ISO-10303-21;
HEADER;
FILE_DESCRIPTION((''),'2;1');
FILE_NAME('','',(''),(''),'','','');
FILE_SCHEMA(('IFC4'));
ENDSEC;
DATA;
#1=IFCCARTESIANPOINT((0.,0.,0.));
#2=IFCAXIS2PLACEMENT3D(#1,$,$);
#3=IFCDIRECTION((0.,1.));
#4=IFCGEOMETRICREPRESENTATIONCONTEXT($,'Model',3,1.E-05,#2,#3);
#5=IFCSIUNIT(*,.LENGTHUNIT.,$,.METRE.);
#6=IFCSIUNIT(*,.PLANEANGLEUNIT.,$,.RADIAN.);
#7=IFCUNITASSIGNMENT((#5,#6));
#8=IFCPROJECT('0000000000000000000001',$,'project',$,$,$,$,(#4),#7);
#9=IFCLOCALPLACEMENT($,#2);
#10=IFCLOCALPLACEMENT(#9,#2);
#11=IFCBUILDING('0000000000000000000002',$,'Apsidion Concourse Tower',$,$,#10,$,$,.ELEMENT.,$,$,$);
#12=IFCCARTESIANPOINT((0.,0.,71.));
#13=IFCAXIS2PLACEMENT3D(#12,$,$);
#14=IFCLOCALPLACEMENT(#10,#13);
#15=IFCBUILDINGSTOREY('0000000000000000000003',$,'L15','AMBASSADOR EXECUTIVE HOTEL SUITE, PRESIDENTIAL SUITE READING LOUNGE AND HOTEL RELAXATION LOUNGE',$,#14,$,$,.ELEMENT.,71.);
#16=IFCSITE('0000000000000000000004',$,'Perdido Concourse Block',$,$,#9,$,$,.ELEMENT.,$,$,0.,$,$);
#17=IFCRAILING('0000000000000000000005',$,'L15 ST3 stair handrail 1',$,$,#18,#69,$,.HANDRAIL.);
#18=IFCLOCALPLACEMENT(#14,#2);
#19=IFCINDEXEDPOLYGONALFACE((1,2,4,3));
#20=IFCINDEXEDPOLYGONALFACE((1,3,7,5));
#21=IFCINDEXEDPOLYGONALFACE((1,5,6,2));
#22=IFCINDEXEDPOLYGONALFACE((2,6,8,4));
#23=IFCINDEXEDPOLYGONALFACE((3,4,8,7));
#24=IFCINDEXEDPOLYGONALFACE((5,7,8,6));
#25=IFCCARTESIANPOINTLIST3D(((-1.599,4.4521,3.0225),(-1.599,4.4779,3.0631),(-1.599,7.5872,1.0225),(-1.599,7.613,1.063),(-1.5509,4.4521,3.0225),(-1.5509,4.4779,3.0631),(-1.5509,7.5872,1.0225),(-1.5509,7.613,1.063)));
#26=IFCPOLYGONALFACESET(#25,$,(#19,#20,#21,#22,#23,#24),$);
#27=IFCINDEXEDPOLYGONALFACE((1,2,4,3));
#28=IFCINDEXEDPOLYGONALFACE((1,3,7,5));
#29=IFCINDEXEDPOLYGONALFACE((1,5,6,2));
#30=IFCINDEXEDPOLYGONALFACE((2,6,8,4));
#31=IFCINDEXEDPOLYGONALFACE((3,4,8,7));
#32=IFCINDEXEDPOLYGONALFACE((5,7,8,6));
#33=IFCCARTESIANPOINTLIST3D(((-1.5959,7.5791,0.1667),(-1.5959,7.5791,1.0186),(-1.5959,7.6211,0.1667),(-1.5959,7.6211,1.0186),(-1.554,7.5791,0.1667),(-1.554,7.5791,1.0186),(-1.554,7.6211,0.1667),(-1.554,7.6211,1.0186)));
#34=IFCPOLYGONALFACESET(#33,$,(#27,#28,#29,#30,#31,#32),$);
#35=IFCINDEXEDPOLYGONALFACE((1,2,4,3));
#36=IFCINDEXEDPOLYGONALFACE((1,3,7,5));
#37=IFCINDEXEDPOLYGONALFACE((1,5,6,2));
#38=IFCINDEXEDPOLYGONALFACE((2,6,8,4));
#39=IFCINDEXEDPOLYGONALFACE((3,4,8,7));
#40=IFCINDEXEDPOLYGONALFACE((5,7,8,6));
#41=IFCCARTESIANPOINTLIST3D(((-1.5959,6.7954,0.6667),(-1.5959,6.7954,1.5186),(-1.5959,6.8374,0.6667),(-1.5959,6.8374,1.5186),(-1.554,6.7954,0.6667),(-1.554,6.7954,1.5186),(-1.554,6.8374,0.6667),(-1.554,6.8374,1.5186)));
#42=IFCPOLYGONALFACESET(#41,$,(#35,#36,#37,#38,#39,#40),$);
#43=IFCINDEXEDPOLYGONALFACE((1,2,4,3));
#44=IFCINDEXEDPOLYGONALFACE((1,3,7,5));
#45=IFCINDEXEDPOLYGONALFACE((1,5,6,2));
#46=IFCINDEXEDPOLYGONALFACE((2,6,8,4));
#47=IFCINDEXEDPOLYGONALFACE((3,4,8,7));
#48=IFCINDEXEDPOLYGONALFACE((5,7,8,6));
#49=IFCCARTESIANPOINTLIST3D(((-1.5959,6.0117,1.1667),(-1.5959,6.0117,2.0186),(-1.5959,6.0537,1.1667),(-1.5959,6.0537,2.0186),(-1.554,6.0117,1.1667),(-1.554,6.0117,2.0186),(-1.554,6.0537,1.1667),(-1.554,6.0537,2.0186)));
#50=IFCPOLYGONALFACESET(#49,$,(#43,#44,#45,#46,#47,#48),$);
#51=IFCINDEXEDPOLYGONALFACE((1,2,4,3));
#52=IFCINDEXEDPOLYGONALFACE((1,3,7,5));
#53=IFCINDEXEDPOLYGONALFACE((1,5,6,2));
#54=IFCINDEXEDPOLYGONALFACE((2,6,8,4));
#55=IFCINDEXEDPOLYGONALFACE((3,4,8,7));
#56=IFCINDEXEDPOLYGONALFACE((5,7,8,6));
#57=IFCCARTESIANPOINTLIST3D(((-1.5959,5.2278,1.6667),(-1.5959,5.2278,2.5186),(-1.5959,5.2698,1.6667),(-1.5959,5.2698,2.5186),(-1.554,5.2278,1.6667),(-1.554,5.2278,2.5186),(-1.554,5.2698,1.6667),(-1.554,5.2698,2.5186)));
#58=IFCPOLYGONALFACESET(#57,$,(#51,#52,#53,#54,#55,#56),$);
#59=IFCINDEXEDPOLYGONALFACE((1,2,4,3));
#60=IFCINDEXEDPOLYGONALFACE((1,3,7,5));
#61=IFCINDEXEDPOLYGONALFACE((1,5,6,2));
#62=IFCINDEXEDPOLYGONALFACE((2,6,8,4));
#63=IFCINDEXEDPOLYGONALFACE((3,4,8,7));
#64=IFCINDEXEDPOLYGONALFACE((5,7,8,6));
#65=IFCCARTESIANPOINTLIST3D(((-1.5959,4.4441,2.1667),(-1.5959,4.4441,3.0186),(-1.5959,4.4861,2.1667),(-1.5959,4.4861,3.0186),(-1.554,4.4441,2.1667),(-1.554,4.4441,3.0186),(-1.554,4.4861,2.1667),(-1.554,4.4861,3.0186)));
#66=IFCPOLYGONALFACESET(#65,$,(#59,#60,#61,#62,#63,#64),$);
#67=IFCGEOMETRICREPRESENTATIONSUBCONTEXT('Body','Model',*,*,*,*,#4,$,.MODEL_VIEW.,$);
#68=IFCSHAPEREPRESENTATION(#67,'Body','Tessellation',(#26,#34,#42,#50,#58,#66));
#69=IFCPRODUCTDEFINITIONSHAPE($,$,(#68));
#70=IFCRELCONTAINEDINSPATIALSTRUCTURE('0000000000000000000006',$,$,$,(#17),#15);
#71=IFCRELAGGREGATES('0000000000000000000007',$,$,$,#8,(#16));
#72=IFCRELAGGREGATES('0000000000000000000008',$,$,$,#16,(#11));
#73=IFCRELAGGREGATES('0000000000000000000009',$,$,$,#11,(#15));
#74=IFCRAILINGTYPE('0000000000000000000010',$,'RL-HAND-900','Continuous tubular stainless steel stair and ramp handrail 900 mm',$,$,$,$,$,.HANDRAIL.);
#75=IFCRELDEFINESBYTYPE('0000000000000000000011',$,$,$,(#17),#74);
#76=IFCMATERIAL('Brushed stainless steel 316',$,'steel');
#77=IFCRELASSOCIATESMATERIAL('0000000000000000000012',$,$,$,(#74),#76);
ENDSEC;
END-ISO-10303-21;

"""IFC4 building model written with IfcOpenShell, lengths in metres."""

from ifc_helpers import new_model, si_unit, direction, frame, origin, origin_2d, place, context, subcontext, project, spatial, rectangle, extrude, material, type_object, element, save


model = new_model("IFC4")

# Units and contexts
model_context = context("Model", 3, precision=1e-05, world=origin(), true_north=direction((0.0, 1.0)))
body_context = subcontext(model_context, "Body", "Model", "MODEL_VIEW")
ifc_project = project(units=[si_unit("LENGTHUNIT", "METRE"), si_unit("PLANEANGLEUNIT", "RADIAN")], contexts=[model_context])

# Site, building, storey
site_placement = place(None, origin())
site = spatial("IfcSite", under=ifc_project, at=site_placement, Name="Perdido Concourse Block", CompositionType="ELEMENT", RefElevation=0.0)
building_placement = place(site_placement, origin())
building = spatial("IfcBuilding", under=site, at=building_placement, Name="Apsidion Concourse Tower", CompositionType="ELEMENT")
storey_placement = place(building_placement, frame((0.0, 0.0, 71.0)))
storey = spatial("IfcBuildingStorey", under=building, at=storey_placement, Name="L15", Description="AMBASSADOR EXECUTIVE HOTEL SUITE, PRESIDENTIAL SUITE READING LOUNGE AND HOTEL RELAXATION LOUNGE", CompositionType="ELEMENT", Elevation=71.0)

# Shared definitions
ifc_material_1 = material(Name="Brushed stainless steel 316", Category="steel")

# Railing
railing_type_1 = type_object("IfcRailingType", Name="RL-HAND-900", Description="Continuous tubular stainless steel stair and ramp handrail 900 mm", PredefinedType="HANDRAIL", material=ifc_material_1)
railing_1_placement = place(storey_placement, frame((-1.575, 7.6001, 0.1667)))
element("IfcRailing", 1, at=railing_1_placement, inside=storey, type_object=railing_type_1, Name="L15 ST3 stair handrail 1", PredefinedType="HANDRAIL", context=body_context, shape_type="SweptSolid", body=[
    extrude(rectangle(XDim=0.0481, YDim=0.0481, at=origin_2d()), frame((0.0, 0.0, 0.876), z_axis=(0.0, -0.843053, 0.537831), x_axis=(1.0, 0.0, 0.0)), (0.0, 0.0, 1.0), 3.7188),
    extrude(rectangle(XDim=0.042, YDim=0.042, at=origin_2d()), origin(), (0.0, 0.0, 1.0), 0.8518),
    extrude(rectangle(XDim=0.042, YDim=0.042, at=origin_2d()), frame((0.0, -0.7837, 0.5)), (0.0, 0.0, 1.0), 0.8518),
    extrude(rectangle(XDim=0.042, YDim=0.042, at=origin_2d()), frame((0.0, -1.5674, 1.0)), (0.0, 0.0, 1.0), 0.8518),
    extrude(rectangle(XDim=0.042, YDim=0.042, at=origin_2d()), frame((0.0, -2.3513, 1.5)), (0.0, 0.0, 1.0), 0.8518),
    extrude(rectangle(XDim=0.042, YDim=0.042, at=origin_2d()), frame((0.0, -3.135, 2.0)), (0.0, 0.0, 1.0), 0.8518),
])

save(model, "model.ifc")
